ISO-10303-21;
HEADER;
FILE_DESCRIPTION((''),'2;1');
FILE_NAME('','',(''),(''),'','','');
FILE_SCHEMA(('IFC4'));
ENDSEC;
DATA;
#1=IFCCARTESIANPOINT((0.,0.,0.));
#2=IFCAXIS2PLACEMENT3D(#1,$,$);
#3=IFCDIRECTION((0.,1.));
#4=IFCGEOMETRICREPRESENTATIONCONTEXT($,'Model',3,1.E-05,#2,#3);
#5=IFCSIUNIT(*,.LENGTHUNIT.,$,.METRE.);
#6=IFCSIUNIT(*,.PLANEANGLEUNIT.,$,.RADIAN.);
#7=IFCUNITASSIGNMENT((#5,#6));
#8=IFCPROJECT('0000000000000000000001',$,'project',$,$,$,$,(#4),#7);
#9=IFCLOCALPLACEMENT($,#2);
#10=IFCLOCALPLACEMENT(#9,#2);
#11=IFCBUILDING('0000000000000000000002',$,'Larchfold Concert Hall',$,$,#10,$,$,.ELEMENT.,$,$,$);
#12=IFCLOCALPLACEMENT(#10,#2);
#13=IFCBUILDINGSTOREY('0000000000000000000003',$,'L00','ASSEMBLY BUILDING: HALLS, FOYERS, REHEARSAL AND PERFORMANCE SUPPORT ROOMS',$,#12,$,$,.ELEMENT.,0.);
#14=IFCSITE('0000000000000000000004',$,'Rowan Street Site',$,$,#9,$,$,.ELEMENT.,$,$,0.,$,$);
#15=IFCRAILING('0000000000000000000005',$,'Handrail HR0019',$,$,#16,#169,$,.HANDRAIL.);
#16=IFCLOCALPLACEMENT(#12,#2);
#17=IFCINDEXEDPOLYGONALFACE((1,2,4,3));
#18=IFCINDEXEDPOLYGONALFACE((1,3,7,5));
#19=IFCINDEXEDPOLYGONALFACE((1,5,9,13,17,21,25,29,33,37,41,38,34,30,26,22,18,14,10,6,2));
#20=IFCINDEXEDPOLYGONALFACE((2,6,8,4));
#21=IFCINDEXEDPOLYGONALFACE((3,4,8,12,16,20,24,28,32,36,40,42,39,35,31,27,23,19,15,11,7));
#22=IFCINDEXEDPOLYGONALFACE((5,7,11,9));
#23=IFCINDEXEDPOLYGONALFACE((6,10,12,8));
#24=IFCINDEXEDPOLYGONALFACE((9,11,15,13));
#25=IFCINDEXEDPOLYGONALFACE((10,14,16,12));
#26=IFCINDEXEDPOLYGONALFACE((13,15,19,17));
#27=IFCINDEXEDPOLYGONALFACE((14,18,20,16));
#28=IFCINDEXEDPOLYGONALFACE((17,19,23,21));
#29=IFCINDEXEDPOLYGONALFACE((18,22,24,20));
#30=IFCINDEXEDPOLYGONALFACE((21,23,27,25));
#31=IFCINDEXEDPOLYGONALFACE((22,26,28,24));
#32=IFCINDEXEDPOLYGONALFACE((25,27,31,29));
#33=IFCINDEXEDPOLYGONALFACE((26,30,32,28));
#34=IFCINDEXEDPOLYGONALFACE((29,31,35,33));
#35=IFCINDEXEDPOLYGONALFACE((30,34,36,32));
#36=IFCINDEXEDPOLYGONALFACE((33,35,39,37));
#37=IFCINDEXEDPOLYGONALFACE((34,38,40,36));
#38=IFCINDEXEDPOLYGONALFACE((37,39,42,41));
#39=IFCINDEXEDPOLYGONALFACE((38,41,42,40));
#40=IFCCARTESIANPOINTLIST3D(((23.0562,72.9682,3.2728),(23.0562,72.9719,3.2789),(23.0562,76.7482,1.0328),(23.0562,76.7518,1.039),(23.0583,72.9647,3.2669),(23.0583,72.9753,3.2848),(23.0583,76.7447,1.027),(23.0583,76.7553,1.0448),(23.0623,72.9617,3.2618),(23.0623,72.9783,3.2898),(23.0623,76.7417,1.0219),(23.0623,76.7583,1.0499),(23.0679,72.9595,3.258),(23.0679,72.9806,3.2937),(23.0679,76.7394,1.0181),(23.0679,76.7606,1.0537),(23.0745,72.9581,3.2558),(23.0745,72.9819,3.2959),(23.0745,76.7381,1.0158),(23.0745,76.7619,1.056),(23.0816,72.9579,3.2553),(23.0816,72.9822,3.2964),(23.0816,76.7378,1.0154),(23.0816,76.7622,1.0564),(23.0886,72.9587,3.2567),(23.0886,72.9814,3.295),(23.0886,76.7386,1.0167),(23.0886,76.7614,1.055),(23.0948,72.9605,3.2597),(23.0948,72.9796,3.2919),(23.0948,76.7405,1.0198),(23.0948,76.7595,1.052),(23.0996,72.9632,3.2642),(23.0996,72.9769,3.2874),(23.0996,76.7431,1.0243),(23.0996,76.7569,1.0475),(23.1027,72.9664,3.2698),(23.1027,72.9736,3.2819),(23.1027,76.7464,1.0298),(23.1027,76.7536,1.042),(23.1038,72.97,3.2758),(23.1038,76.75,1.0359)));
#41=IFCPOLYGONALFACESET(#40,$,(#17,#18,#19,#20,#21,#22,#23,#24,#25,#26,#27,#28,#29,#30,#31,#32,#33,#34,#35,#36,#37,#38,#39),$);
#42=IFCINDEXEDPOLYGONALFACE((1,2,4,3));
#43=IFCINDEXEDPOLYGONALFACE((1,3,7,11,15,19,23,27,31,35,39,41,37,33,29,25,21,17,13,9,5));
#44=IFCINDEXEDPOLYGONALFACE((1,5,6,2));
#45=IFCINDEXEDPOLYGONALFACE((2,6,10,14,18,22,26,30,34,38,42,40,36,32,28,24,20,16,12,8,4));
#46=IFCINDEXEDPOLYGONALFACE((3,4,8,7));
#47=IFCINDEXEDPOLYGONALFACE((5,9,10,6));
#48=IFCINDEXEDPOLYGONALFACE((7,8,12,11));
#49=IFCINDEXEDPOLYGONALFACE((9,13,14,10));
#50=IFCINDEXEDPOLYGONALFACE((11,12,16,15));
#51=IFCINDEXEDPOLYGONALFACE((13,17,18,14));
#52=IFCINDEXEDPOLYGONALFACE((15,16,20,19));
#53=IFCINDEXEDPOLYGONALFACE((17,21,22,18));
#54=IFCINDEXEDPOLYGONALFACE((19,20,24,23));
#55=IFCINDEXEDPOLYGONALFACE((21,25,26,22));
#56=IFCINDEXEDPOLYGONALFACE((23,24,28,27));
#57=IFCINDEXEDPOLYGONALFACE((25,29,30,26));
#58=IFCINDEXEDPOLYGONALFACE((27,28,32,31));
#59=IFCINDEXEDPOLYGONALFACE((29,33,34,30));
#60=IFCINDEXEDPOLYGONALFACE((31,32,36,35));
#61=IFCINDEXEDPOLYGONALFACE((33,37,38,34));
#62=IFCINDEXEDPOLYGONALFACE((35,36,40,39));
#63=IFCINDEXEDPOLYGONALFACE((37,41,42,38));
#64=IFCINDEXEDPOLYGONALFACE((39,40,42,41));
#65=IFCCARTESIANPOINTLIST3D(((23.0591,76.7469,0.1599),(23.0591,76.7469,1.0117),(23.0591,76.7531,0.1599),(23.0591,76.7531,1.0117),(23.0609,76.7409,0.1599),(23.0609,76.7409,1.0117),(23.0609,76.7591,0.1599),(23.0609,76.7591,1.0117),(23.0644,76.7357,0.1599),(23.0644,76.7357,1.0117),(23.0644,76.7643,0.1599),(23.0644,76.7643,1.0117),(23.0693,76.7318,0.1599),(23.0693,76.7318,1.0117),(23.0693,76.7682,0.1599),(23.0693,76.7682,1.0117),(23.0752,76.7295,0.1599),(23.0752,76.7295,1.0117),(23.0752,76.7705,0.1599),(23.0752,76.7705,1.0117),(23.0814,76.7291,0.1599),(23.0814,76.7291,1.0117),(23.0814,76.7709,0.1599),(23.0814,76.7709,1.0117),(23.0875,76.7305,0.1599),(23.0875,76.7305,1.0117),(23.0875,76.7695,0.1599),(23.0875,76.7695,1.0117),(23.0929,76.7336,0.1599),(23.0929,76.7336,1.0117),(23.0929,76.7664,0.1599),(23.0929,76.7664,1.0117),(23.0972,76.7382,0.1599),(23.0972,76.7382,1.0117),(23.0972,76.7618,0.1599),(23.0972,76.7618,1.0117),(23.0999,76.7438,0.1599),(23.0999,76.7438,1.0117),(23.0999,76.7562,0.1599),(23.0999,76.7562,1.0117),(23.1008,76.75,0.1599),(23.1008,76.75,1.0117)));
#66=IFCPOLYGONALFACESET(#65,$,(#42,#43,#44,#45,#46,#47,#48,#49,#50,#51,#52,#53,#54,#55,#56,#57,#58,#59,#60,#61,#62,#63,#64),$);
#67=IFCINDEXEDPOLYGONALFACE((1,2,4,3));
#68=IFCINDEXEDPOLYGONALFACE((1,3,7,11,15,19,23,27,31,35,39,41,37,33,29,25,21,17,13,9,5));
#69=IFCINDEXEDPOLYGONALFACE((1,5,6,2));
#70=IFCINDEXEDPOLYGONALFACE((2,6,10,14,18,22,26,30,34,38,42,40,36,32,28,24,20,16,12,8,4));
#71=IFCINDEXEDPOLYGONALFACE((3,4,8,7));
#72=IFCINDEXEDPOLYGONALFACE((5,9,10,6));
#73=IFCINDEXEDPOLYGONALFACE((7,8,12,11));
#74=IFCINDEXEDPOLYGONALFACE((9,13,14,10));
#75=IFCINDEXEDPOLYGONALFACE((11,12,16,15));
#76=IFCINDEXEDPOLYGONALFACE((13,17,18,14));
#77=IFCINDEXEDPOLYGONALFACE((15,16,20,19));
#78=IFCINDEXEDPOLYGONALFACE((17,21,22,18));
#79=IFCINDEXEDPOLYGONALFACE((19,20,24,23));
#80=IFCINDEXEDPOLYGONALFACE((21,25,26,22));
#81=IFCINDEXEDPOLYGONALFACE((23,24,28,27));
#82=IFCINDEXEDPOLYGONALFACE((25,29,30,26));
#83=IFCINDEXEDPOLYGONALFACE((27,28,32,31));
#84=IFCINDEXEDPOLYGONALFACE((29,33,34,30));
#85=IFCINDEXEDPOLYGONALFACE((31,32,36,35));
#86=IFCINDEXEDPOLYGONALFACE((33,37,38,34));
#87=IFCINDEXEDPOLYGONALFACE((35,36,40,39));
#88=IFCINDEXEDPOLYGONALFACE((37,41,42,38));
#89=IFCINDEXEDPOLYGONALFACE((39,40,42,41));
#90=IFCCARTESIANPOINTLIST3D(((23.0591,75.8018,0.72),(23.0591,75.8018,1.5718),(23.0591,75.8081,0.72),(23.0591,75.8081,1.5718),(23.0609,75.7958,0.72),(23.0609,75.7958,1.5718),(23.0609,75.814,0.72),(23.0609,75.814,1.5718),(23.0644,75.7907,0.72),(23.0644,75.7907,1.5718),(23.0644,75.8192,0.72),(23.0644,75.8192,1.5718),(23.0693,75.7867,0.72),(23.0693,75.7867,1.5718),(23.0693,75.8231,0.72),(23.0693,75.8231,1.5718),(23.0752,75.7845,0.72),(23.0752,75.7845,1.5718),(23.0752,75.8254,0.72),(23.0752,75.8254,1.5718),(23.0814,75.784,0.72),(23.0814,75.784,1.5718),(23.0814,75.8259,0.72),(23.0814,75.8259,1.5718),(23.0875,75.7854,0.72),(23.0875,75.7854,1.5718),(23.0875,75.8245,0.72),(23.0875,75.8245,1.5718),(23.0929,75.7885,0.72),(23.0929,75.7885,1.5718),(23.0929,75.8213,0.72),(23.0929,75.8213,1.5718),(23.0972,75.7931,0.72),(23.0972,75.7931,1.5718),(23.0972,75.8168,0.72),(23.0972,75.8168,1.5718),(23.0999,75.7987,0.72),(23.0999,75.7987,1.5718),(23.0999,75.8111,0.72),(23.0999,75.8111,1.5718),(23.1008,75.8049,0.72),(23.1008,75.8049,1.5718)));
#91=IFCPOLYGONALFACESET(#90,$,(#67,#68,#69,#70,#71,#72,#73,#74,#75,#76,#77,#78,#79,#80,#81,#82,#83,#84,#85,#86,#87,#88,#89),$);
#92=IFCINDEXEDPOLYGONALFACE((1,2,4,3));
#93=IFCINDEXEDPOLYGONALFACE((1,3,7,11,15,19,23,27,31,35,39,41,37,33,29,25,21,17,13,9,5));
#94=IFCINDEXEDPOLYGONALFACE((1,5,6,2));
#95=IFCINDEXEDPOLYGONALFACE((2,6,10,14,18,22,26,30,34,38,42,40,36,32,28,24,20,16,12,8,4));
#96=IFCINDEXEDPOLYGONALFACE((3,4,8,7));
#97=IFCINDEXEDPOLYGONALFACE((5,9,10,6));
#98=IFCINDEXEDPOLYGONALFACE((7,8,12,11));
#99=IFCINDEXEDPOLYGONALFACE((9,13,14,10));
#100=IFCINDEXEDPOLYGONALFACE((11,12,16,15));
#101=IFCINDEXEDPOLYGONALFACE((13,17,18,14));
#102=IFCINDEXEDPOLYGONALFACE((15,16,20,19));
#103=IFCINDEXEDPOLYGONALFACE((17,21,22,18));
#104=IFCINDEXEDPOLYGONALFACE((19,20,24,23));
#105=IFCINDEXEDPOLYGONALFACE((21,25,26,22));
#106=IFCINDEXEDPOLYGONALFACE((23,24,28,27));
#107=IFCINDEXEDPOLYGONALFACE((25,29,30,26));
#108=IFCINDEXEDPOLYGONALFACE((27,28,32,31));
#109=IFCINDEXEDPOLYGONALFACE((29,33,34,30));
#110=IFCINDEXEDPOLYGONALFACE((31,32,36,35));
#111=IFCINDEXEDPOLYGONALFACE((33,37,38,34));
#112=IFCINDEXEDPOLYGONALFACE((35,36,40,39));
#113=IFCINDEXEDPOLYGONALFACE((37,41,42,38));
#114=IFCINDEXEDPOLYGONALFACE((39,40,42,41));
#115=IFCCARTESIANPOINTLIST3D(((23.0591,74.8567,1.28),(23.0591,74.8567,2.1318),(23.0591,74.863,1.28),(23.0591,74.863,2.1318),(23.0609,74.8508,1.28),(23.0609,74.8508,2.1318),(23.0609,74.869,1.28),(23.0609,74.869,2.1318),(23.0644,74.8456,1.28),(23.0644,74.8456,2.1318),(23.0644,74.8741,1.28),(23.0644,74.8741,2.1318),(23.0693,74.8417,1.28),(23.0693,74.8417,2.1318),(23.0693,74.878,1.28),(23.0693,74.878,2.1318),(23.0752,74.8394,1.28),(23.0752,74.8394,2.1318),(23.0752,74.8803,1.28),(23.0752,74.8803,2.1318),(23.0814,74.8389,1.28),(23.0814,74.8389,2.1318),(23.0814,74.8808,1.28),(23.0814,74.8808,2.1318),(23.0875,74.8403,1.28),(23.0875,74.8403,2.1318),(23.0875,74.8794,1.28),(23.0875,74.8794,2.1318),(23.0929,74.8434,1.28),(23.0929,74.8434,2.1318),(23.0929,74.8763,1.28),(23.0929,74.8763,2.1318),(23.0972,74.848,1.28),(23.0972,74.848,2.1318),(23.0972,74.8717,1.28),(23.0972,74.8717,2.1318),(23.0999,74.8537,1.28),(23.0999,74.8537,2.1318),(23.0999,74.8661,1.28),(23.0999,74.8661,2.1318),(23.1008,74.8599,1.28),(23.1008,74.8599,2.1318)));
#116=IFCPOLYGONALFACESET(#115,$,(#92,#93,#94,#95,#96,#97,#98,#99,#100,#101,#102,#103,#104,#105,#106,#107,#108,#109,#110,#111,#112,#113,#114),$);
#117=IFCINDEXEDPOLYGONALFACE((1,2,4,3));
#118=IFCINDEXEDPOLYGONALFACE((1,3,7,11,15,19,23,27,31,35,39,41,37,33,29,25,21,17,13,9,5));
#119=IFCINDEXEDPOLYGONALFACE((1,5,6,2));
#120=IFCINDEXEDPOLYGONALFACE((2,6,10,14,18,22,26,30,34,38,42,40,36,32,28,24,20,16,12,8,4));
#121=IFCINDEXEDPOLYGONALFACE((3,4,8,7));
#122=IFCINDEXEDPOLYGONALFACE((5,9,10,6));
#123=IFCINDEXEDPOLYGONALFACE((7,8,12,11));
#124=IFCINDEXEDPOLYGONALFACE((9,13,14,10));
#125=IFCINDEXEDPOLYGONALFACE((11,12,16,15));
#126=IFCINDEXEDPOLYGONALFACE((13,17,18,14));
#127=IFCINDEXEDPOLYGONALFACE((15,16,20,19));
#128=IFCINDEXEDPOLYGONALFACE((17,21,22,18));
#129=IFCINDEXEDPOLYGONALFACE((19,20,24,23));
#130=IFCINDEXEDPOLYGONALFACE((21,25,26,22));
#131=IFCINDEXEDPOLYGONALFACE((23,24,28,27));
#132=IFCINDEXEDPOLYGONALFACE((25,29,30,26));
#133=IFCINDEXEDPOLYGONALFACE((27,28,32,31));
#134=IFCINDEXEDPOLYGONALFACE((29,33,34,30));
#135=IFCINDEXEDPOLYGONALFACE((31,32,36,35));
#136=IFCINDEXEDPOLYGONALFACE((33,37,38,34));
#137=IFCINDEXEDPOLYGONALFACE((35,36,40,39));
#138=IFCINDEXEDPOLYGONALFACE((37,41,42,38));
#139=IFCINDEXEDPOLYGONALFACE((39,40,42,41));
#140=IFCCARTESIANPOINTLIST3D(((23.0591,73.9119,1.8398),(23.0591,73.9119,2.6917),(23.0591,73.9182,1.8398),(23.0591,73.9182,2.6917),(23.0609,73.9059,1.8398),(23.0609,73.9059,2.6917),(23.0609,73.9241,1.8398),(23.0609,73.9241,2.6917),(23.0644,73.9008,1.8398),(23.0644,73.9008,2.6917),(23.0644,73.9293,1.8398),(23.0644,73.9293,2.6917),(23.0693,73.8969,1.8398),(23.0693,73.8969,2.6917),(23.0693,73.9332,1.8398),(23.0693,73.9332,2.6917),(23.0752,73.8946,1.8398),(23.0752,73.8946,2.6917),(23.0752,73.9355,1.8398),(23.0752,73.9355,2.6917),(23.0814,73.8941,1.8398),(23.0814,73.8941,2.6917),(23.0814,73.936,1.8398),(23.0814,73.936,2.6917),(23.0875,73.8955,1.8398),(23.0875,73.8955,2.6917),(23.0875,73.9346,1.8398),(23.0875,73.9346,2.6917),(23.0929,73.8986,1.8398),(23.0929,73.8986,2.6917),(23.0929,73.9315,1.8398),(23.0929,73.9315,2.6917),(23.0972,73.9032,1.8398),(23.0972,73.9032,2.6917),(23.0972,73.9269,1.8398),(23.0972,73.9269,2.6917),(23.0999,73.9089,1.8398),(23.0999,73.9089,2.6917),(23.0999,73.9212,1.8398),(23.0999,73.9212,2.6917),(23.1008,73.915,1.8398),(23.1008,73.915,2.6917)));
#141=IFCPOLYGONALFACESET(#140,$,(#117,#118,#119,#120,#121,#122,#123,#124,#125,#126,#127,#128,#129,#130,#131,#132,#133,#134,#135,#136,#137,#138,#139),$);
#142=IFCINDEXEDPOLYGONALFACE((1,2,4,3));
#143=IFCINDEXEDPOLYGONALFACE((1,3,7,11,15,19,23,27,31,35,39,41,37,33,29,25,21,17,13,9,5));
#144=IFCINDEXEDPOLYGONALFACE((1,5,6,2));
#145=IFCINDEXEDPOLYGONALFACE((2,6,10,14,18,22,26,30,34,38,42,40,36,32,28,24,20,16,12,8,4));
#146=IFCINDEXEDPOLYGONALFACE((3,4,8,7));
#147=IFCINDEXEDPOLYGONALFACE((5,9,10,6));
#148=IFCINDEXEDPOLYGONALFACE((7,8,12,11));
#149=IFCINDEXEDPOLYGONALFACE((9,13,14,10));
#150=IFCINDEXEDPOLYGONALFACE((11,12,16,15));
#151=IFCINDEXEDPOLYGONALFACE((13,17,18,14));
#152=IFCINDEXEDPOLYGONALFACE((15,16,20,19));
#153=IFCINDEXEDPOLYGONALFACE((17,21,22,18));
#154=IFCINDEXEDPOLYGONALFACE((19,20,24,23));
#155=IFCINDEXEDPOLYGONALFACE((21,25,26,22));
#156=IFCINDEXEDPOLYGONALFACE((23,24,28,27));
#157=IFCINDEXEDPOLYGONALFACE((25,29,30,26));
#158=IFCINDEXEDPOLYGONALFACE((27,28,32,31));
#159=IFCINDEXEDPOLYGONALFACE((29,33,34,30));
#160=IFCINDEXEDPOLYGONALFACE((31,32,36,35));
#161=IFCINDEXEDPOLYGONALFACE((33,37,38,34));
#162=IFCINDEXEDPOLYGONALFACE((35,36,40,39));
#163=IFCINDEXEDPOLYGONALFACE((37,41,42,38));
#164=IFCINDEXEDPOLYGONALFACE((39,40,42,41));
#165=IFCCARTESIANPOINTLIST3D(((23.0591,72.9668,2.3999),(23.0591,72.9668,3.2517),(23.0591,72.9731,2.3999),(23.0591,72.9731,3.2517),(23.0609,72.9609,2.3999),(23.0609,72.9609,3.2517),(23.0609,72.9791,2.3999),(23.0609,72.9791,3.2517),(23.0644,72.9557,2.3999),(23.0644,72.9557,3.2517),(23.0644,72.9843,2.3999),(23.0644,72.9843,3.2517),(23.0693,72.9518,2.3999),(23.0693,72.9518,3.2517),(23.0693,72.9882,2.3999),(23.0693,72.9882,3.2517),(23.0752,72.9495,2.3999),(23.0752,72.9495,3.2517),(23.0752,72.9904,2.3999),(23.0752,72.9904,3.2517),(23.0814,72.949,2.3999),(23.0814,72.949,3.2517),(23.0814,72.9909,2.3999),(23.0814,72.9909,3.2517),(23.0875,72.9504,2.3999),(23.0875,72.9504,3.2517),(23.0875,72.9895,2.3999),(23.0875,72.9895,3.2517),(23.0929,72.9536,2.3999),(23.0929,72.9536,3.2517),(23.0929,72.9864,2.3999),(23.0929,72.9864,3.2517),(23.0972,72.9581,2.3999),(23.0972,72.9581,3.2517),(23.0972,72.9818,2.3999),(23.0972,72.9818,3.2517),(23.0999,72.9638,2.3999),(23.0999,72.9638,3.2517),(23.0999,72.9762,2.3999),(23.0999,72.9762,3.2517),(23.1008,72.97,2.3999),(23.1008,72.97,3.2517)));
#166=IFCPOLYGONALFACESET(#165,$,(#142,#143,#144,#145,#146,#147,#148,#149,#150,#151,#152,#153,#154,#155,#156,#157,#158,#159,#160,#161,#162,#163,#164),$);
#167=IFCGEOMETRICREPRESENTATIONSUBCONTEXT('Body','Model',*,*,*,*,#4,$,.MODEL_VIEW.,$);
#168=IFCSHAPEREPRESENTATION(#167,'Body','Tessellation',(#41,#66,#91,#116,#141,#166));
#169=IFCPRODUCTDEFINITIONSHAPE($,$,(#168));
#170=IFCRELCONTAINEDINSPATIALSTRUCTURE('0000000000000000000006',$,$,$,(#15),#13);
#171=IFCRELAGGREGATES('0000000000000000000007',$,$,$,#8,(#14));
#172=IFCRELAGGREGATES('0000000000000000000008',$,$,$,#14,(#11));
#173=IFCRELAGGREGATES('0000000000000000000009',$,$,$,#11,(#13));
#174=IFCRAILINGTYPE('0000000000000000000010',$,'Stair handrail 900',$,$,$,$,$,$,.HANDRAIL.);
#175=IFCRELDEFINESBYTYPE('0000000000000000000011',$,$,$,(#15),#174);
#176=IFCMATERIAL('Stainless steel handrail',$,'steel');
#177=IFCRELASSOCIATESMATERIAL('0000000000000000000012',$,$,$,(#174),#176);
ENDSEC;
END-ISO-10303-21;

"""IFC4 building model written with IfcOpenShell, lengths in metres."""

from ifc_helpers import new_model, si_unit, direction, frame, origin, origin_2d, place, context, subcontext, project, spatial, circle, extrude, material, type_object, element, save


model = new_model("IFC4")

# Units and contexts
model_context = context("Model", 3, precision=1e-05, world=origin(), true_north=direction((0.0, 1.0)))
body_context = subcontext(model_context, "Body", "Model", "MODEL_VIEW")
ifc_project = project(units=[si_unit("LENGTHUNIT", "METRE"), si_unit("PLANEANGLEUNIT", "RADIAN")], contexts=[model_context])

# Site, building, storey
site_placement = place(None, origin())
site = spatial("IfcSite", under=ifc_project, at=site_placement, Name="Rowan Street Site", CompositionType="ELEMENT", RefElevation=0.0)
building_placement = place(site_placement, origin())
building = spatial("IfcBuilding", under=site, at=building_placement, Name="Larchfold Concert Hall", CompositionType="ELEMENT")
storey_placement = place(building_placement, origin())
storey = spatial("IfcBuildingStorey", under=building, at=storey_placement, Name="L00", Description="ASSEMBLY BUILDING: HALLS, FOYERS, REHEARSAL AND PERFORMANCE SUPPORT ROOMS", CompositionType="ELEMENT", Elevation=0.0)

# Railing
ifc_material_1 = material(Name="Stainless steel handrail", Category="steel")
railing_type_1 = type_object("IfcRailingType", Name="Stair handrail 900", PredefinedType="HANDRAIL", material=ifc_material_1)
for number, where, name in (
    (1, (23.0798, 76.75, 0.1599), "Handrail HR0019"),
):
    element("IfcRailing", number, at=place(storey_placement, frame(where)), inside=storey, type_object=railing_type_1, Name=name, PredefinedType="HANDRAIL", context=body_context, shape_type="SweptSolid", body=[
        extrude(circle(Radius=0.0239, at=origin_2d()), frame((0.0, 0.0, 0.876), z_axis=(0.0, -0.860294, 0.509798), x_axis=(1.0, 0.0, 0.0)), (0.0, 0.0, 1.0), 4.3938),
        extrude(circle(Radius=0.021, at=origin_2d()), origin(), (0.0, 0.0, 1.0), 0.8518),
        extrude(circle(Radius=0.021, at=origin_2d()), frame((0.0, -0.9451, 0.5601)), (0.0, 0.0, 1.0), 0.8518),
        extrude(circle(Radius=0.021, at=origin_2d()), frame((0.0, -1.8901, 1.1201)), (0.0, 0.0, 1.0), 0.8518),
        extrude(circle(Radius=0.021, at=origin_2d()), frame((0.0, -2.835, 1.6799)), (0.0, 0.0, 1.0), 0.8518),
        extrude(circle(Radius=0.021, at=origin_2d()), frame((0.0, -3.78, 2.24)), (0.0, 0.0, 1.0), 0.8518),
    ])

save(model, "model.ifc")
